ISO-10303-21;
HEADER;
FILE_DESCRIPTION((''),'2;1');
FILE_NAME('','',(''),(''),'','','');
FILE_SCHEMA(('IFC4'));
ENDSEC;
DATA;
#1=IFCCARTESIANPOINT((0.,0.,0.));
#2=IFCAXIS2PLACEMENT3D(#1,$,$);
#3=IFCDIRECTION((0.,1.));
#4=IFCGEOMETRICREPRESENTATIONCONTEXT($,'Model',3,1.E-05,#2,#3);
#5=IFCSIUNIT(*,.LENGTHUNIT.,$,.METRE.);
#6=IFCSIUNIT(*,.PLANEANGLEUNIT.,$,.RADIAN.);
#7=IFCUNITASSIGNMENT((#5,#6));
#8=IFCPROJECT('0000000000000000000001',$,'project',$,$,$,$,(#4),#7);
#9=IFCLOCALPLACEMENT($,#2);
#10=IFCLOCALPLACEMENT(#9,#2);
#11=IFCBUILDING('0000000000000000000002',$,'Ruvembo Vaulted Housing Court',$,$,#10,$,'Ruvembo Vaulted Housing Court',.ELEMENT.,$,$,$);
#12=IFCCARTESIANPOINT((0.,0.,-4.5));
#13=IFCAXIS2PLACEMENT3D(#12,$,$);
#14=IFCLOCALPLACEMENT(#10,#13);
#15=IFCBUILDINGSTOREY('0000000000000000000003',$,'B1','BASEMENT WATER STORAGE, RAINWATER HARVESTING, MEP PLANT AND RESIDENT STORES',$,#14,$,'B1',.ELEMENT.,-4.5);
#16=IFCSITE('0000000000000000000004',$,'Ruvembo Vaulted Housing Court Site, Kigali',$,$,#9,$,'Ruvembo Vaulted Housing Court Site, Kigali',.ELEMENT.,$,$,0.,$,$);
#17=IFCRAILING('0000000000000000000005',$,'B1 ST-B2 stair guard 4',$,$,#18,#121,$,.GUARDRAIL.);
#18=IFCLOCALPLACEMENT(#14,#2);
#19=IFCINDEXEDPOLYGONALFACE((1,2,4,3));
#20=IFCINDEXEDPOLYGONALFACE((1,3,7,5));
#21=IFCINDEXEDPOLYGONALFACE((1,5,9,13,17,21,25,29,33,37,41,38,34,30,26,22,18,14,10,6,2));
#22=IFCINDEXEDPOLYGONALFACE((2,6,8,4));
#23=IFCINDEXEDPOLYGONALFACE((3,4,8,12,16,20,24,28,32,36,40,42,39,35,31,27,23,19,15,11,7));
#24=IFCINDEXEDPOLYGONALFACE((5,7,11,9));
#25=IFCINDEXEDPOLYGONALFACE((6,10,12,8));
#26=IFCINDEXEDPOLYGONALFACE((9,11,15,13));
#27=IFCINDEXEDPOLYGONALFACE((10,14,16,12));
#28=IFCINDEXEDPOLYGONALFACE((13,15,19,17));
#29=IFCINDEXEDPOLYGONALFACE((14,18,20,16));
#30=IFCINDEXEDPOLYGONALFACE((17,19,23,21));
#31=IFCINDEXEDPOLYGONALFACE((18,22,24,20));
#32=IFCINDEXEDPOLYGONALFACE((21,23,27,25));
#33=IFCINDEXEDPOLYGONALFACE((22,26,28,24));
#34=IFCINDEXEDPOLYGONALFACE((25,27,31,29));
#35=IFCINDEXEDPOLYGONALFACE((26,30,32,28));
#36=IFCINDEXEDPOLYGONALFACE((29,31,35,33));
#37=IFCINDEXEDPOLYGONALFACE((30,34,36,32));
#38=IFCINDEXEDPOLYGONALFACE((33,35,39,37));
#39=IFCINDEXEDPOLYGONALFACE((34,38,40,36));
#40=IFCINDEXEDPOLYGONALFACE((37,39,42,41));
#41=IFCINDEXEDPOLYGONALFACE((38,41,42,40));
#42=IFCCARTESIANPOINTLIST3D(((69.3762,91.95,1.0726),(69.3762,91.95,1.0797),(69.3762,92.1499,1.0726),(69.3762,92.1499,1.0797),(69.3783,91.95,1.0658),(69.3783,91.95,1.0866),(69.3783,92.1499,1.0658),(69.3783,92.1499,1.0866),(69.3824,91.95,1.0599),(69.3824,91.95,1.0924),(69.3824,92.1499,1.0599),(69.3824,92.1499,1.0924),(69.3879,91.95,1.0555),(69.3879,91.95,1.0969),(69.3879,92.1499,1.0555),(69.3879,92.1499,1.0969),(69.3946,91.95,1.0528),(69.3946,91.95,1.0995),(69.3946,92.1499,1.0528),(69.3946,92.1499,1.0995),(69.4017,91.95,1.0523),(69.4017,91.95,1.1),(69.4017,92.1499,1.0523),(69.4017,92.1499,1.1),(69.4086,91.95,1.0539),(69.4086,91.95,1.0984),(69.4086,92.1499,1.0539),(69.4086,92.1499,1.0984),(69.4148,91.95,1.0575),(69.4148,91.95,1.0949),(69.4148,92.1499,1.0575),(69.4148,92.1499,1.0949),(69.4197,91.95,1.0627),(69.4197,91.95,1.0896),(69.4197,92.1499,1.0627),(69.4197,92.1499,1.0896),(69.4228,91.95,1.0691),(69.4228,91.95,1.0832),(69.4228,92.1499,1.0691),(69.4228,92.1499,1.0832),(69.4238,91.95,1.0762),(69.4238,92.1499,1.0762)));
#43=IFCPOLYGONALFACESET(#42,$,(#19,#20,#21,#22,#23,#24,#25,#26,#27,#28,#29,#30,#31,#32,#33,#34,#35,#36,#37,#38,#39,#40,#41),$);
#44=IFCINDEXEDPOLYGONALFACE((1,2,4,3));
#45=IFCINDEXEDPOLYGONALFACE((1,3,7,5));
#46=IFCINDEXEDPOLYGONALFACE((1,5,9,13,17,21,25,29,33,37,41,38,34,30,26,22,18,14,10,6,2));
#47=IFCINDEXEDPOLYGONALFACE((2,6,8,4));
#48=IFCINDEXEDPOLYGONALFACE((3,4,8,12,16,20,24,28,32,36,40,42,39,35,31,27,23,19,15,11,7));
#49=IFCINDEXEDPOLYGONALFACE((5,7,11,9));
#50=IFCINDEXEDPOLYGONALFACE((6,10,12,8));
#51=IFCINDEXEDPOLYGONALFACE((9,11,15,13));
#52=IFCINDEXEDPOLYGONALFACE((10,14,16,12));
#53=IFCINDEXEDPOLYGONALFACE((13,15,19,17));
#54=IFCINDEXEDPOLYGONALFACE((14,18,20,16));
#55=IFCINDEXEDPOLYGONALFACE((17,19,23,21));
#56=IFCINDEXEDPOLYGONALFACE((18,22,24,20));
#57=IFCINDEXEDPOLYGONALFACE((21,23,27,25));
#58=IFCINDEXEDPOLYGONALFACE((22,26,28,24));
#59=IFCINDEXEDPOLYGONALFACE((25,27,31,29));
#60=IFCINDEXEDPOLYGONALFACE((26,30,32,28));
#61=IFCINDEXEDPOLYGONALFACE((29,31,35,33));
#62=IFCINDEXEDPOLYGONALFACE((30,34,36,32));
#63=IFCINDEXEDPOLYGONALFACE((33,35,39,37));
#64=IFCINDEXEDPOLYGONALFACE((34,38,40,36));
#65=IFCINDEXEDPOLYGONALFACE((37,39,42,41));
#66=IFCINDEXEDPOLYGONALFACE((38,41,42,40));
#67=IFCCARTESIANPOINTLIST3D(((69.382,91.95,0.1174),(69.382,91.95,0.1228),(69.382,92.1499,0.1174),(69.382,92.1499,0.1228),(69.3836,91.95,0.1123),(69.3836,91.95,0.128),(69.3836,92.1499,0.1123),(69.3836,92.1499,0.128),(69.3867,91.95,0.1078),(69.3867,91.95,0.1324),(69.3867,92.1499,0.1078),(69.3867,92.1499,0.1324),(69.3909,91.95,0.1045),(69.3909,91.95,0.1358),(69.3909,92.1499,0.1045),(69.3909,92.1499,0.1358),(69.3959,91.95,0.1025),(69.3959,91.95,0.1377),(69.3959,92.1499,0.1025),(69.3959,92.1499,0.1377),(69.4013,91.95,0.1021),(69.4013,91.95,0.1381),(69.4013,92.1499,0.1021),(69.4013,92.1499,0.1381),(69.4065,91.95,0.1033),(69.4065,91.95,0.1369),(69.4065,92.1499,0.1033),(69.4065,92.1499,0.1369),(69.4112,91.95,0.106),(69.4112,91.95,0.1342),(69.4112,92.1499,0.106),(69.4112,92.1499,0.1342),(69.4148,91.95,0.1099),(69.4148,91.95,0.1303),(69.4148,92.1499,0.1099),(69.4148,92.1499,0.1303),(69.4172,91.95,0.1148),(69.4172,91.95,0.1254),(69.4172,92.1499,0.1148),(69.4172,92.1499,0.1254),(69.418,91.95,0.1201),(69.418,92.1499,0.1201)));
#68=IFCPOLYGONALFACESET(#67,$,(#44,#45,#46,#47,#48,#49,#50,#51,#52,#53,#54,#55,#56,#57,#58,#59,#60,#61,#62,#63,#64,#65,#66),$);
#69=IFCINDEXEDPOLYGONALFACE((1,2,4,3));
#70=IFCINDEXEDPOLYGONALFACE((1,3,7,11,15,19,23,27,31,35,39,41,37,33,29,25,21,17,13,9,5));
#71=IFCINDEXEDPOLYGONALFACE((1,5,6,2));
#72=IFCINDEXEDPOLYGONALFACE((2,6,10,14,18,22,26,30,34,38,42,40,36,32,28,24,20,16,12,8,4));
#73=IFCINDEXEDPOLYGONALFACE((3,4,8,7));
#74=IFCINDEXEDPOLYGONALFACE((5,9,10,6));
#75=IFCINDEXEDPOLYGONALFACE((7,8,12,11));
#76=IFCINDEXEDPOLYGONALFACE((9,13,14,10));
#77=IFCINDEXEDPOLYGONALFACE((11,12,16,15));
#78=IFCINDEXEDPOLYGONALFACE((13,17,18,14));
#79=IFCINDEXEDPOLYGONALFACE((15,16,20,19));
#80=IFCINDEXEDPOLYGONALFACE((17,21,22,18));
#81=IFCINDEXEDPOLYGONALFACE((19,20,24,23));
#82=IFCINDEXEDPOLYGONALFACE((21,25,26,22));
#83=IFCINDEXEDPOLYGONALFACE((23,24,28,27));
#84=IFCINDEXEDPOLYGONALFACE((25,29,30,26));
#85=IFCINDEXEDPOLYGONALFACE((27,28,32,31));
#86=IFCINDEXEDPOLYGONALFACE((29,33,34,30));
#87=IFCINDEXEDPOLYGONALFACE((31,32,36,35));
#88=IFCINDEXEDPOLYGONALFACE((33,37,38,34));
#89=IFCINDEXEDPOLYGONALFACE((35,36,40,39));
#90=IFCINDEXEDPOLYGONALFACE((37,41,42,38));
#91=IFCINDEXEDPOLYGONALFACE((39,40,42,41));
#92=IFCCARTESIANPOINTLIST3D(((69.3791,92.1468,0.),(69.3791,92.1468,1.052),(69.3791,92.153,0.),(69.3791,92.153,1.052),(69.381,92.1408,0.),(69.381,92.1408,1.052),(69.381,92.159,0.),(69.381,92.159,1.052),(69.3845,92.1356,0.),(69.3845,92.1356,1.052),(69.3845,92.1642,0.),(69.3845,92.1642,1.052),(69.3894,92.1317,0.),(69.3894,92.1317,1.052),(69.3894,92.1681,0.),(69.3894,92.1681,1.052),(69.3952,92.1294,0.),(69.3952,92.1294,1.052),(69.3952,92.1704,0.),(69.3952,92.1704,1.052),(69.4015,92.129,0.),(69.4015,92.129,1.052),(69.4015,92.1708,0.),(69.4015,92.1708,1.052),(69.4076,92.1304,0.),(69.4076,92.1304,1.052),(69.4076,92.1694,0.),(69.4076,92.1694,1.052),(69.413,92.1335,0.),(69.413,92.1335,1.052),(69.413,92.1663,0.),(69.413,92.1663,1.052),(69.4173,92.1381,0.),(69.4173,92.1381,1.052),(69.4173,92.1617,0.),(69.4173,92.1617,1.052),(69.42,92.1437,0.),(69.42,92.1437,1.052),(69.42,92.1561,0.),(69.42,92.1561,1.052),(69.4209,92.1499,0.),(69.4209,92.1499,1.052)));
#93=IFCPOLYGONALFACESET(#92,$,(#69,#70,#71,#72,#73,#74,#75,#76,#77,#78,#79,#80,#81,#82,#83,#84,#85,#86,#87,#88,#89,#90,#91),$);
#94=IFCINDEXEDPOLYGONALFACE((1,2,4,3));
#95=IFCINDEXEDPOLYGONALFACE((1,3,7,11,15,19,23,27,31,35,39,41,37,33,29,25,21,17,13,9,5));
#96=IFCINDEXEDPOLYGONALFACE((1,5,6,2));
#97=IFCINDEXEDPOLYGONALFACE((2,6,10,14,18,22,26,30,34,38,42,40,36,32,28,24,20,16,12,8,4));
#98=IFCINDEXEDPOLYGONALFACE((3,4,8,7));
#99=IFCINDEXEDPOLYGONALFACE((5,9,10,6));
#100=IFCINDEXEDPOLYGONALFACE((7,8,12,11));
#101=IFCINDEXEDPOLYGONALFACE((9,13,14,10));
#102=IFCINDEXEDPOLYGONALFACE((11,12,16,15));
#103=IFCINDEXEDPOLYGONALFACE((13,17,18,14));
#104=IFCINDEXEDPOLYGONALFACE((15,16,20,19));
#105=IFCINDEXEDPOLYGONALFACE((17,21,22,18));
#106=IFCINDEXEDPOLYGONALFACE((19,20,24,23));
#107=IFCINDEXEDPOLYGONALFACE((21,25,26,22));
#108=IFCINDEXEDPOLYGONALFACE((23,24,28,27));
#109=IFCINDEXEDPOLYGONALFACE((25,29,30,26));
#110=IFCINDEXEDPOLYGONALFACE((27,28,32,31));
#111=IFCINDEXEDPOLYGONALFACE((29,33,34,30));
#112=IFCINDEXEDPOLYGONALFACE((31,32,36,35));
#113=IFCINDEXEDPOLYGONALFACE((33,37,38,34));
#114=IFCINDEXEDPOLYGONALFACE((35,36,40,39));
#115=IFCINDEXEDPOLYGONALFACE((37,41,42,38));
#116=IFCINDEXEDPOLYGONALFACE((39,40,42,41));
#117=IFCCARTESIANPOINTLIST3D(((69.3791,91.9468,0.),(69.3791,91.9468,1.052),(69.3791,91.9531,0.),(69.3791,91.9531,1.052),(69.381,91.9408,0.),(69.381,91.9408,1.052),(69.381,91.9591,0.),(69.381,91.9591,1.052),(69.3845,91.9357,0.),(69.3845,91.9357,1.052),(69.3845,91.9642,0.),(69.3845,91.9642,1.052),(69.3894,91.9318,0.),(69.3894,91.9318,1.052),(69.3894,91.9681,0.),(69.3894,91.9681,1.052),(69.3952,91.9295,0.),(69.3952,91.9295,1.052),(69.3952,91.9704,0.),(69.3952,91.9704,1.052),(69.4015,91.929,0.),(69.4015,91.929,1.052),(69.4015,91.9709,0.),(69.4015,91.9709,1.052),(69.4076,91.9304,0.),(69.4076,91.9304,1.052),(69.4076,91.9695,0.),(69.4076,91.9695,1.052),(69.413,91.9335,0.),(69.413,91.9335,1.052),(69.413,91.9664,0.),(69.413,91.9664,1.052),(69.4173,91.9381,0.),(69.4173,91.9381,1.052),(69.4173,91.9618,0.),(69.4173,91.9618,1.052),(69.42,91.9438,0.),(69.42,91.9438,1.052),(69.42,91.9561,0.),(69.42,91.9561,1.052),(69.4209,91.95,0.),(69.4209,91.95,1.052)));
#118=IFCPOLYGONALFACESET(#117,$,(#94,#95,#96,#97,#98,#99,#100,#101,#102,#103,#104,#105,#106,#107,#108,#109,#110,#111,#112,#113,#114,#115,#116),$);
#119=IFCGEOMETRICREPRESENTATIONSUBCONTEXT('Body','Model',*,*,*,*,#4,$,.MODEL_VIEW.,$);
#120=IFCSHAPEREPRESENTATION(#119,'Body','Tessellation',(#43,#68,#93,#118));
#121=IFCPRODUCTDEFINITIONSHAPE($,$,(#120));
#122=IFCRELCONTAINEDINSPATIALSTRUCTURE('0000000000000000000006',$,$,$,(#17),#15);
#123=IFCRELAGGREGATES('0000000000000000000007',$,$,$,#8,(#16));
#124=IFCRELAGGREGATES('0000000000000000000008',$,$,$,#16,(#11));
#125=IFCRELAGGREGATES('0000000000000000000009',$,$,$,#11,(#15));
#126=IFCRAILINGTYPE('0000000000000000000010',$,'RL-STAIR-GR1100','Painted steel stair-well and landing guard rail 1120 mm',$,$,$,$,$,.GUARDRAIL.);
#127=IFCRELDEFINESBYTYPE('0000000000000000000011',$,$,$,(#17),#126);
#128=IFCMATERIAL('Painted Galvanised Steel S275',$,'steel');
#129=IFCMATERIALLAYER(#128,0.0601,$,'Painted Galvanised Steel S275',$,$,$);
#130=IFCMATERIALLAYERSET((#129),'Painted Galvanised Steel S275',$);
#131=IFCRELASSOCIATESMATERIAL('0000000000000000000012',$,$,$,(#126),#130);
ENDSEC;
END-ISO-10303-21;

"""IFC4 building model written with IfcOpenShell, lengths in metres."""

from ifc_helpers import new_model, si_unit, direction, frame, origin, origin_2d, place, context, subcontext, project, spatial, circle, extrude, material, layer, layer_set, type_object, element, save


model = new_model("IFC4")

# Units and contexts
model_context = context("Model", 3, precision=1e-05, world=origin(), true_north=direction((0.0, 1.0)))
body_context = subcontext(model_context, "Body", "Model", "MODEL_VIEW")
ifc_project = project(units=[si_unit("LENGTHUNIT", "METRE"), si_unit("PLANEANGLEUNIT", "RADIAN")], contexts=[model_context])

# Site, building, storey
site_placement = place(None, origin())
site = spatial("IfcSite", under=ifc_project, at=site_placement, Name="Ruvembo Vaulted Housing Court Site, Kigali", LongName="Ruvembo Vaulted Housing Court Site, Kigali", CompositionType="ELEMENT", RefElevation=0.0)
building_placement = place(site_placement, origin())
building = spatial("IfcBuilding", under=site, at=building_placement, Name="Ruvembo Vaulted Housing Court", LongName="Ruvembo Vaulted Housing Court", CompositionType="ELEMENT")
storey_placement = place(building_placement, frame((0.0, 0.0, -4.5)))
storey = spatial("IfcBuildingStorey", under=building, at=storey_placement, Name="B1", Description="BASEMENT WATER STORAGE, RAINWATER HARVESTING, MEP PLANT AND RESIDENT STORES", LongName="B1", CompositionType="ELEMENT", Elevation=-4.5)

# Railing
ifc_material_1 = material(Name="Painted Galvanised Steel S275", Category="steel")
ifc_layer_1 = layer(ifc_material_1, 0.0601, Name="Painted Galvanised Steel S275")
ifc_layer_set_1 = layer_set([ifc_layer_1], Name="Painted Galvanised Steel S275")
railing_type_1 = type_object("IfcRailingType", Name="RL-STAIR-GR1100", Description="Painted steel stair-well and landing guard rail 1120 mm", PredefinedType="GUARDRAIL", material=ifc_layer_set_1)
railing_1_placement = place(storey_placement, frame((69.3999, 92.1499, 0.0)))
element("IfcRailing", 1, at=railing_1_placement, inside=storey, type_object=railing_type_1, Name="B1 ST-B2 stair guard 4", PredefinedType="GUARDRAIL", context=body_context, shape_type="SweptSolid", body=[
    extrude(circle(Radius=0.0239, at=origin_2d()), frame((0.0, 0.0, 1.0762), z_axis=(0.0, -1.0, 0.0), x_axis=(1.0, 0.0, 0.0)), (0.0, 0.0, 1.0), 0.2),
    extrude(circle(Radius=0.0181, at=origin_2d()), frame((0.0, 0.0, 0.1201), z_axis=(0.0, -1.0, 0.0), x_axis=(1.0, 0.0, 0.0)), (0.0, 0.0, 1.0), 0.2),
    extrude(circle(Radius=0.021, at=origin_2d()), origin(), (0.0, 0.0, 1.0), 1.052),
    extrude(circle(Radius=0.021, at=origin_2d()), frame((0.0, -0.2, 0.0)), (0.0, 0.0, 1.0), 1.052),
])

save(model, "model.ifc")
